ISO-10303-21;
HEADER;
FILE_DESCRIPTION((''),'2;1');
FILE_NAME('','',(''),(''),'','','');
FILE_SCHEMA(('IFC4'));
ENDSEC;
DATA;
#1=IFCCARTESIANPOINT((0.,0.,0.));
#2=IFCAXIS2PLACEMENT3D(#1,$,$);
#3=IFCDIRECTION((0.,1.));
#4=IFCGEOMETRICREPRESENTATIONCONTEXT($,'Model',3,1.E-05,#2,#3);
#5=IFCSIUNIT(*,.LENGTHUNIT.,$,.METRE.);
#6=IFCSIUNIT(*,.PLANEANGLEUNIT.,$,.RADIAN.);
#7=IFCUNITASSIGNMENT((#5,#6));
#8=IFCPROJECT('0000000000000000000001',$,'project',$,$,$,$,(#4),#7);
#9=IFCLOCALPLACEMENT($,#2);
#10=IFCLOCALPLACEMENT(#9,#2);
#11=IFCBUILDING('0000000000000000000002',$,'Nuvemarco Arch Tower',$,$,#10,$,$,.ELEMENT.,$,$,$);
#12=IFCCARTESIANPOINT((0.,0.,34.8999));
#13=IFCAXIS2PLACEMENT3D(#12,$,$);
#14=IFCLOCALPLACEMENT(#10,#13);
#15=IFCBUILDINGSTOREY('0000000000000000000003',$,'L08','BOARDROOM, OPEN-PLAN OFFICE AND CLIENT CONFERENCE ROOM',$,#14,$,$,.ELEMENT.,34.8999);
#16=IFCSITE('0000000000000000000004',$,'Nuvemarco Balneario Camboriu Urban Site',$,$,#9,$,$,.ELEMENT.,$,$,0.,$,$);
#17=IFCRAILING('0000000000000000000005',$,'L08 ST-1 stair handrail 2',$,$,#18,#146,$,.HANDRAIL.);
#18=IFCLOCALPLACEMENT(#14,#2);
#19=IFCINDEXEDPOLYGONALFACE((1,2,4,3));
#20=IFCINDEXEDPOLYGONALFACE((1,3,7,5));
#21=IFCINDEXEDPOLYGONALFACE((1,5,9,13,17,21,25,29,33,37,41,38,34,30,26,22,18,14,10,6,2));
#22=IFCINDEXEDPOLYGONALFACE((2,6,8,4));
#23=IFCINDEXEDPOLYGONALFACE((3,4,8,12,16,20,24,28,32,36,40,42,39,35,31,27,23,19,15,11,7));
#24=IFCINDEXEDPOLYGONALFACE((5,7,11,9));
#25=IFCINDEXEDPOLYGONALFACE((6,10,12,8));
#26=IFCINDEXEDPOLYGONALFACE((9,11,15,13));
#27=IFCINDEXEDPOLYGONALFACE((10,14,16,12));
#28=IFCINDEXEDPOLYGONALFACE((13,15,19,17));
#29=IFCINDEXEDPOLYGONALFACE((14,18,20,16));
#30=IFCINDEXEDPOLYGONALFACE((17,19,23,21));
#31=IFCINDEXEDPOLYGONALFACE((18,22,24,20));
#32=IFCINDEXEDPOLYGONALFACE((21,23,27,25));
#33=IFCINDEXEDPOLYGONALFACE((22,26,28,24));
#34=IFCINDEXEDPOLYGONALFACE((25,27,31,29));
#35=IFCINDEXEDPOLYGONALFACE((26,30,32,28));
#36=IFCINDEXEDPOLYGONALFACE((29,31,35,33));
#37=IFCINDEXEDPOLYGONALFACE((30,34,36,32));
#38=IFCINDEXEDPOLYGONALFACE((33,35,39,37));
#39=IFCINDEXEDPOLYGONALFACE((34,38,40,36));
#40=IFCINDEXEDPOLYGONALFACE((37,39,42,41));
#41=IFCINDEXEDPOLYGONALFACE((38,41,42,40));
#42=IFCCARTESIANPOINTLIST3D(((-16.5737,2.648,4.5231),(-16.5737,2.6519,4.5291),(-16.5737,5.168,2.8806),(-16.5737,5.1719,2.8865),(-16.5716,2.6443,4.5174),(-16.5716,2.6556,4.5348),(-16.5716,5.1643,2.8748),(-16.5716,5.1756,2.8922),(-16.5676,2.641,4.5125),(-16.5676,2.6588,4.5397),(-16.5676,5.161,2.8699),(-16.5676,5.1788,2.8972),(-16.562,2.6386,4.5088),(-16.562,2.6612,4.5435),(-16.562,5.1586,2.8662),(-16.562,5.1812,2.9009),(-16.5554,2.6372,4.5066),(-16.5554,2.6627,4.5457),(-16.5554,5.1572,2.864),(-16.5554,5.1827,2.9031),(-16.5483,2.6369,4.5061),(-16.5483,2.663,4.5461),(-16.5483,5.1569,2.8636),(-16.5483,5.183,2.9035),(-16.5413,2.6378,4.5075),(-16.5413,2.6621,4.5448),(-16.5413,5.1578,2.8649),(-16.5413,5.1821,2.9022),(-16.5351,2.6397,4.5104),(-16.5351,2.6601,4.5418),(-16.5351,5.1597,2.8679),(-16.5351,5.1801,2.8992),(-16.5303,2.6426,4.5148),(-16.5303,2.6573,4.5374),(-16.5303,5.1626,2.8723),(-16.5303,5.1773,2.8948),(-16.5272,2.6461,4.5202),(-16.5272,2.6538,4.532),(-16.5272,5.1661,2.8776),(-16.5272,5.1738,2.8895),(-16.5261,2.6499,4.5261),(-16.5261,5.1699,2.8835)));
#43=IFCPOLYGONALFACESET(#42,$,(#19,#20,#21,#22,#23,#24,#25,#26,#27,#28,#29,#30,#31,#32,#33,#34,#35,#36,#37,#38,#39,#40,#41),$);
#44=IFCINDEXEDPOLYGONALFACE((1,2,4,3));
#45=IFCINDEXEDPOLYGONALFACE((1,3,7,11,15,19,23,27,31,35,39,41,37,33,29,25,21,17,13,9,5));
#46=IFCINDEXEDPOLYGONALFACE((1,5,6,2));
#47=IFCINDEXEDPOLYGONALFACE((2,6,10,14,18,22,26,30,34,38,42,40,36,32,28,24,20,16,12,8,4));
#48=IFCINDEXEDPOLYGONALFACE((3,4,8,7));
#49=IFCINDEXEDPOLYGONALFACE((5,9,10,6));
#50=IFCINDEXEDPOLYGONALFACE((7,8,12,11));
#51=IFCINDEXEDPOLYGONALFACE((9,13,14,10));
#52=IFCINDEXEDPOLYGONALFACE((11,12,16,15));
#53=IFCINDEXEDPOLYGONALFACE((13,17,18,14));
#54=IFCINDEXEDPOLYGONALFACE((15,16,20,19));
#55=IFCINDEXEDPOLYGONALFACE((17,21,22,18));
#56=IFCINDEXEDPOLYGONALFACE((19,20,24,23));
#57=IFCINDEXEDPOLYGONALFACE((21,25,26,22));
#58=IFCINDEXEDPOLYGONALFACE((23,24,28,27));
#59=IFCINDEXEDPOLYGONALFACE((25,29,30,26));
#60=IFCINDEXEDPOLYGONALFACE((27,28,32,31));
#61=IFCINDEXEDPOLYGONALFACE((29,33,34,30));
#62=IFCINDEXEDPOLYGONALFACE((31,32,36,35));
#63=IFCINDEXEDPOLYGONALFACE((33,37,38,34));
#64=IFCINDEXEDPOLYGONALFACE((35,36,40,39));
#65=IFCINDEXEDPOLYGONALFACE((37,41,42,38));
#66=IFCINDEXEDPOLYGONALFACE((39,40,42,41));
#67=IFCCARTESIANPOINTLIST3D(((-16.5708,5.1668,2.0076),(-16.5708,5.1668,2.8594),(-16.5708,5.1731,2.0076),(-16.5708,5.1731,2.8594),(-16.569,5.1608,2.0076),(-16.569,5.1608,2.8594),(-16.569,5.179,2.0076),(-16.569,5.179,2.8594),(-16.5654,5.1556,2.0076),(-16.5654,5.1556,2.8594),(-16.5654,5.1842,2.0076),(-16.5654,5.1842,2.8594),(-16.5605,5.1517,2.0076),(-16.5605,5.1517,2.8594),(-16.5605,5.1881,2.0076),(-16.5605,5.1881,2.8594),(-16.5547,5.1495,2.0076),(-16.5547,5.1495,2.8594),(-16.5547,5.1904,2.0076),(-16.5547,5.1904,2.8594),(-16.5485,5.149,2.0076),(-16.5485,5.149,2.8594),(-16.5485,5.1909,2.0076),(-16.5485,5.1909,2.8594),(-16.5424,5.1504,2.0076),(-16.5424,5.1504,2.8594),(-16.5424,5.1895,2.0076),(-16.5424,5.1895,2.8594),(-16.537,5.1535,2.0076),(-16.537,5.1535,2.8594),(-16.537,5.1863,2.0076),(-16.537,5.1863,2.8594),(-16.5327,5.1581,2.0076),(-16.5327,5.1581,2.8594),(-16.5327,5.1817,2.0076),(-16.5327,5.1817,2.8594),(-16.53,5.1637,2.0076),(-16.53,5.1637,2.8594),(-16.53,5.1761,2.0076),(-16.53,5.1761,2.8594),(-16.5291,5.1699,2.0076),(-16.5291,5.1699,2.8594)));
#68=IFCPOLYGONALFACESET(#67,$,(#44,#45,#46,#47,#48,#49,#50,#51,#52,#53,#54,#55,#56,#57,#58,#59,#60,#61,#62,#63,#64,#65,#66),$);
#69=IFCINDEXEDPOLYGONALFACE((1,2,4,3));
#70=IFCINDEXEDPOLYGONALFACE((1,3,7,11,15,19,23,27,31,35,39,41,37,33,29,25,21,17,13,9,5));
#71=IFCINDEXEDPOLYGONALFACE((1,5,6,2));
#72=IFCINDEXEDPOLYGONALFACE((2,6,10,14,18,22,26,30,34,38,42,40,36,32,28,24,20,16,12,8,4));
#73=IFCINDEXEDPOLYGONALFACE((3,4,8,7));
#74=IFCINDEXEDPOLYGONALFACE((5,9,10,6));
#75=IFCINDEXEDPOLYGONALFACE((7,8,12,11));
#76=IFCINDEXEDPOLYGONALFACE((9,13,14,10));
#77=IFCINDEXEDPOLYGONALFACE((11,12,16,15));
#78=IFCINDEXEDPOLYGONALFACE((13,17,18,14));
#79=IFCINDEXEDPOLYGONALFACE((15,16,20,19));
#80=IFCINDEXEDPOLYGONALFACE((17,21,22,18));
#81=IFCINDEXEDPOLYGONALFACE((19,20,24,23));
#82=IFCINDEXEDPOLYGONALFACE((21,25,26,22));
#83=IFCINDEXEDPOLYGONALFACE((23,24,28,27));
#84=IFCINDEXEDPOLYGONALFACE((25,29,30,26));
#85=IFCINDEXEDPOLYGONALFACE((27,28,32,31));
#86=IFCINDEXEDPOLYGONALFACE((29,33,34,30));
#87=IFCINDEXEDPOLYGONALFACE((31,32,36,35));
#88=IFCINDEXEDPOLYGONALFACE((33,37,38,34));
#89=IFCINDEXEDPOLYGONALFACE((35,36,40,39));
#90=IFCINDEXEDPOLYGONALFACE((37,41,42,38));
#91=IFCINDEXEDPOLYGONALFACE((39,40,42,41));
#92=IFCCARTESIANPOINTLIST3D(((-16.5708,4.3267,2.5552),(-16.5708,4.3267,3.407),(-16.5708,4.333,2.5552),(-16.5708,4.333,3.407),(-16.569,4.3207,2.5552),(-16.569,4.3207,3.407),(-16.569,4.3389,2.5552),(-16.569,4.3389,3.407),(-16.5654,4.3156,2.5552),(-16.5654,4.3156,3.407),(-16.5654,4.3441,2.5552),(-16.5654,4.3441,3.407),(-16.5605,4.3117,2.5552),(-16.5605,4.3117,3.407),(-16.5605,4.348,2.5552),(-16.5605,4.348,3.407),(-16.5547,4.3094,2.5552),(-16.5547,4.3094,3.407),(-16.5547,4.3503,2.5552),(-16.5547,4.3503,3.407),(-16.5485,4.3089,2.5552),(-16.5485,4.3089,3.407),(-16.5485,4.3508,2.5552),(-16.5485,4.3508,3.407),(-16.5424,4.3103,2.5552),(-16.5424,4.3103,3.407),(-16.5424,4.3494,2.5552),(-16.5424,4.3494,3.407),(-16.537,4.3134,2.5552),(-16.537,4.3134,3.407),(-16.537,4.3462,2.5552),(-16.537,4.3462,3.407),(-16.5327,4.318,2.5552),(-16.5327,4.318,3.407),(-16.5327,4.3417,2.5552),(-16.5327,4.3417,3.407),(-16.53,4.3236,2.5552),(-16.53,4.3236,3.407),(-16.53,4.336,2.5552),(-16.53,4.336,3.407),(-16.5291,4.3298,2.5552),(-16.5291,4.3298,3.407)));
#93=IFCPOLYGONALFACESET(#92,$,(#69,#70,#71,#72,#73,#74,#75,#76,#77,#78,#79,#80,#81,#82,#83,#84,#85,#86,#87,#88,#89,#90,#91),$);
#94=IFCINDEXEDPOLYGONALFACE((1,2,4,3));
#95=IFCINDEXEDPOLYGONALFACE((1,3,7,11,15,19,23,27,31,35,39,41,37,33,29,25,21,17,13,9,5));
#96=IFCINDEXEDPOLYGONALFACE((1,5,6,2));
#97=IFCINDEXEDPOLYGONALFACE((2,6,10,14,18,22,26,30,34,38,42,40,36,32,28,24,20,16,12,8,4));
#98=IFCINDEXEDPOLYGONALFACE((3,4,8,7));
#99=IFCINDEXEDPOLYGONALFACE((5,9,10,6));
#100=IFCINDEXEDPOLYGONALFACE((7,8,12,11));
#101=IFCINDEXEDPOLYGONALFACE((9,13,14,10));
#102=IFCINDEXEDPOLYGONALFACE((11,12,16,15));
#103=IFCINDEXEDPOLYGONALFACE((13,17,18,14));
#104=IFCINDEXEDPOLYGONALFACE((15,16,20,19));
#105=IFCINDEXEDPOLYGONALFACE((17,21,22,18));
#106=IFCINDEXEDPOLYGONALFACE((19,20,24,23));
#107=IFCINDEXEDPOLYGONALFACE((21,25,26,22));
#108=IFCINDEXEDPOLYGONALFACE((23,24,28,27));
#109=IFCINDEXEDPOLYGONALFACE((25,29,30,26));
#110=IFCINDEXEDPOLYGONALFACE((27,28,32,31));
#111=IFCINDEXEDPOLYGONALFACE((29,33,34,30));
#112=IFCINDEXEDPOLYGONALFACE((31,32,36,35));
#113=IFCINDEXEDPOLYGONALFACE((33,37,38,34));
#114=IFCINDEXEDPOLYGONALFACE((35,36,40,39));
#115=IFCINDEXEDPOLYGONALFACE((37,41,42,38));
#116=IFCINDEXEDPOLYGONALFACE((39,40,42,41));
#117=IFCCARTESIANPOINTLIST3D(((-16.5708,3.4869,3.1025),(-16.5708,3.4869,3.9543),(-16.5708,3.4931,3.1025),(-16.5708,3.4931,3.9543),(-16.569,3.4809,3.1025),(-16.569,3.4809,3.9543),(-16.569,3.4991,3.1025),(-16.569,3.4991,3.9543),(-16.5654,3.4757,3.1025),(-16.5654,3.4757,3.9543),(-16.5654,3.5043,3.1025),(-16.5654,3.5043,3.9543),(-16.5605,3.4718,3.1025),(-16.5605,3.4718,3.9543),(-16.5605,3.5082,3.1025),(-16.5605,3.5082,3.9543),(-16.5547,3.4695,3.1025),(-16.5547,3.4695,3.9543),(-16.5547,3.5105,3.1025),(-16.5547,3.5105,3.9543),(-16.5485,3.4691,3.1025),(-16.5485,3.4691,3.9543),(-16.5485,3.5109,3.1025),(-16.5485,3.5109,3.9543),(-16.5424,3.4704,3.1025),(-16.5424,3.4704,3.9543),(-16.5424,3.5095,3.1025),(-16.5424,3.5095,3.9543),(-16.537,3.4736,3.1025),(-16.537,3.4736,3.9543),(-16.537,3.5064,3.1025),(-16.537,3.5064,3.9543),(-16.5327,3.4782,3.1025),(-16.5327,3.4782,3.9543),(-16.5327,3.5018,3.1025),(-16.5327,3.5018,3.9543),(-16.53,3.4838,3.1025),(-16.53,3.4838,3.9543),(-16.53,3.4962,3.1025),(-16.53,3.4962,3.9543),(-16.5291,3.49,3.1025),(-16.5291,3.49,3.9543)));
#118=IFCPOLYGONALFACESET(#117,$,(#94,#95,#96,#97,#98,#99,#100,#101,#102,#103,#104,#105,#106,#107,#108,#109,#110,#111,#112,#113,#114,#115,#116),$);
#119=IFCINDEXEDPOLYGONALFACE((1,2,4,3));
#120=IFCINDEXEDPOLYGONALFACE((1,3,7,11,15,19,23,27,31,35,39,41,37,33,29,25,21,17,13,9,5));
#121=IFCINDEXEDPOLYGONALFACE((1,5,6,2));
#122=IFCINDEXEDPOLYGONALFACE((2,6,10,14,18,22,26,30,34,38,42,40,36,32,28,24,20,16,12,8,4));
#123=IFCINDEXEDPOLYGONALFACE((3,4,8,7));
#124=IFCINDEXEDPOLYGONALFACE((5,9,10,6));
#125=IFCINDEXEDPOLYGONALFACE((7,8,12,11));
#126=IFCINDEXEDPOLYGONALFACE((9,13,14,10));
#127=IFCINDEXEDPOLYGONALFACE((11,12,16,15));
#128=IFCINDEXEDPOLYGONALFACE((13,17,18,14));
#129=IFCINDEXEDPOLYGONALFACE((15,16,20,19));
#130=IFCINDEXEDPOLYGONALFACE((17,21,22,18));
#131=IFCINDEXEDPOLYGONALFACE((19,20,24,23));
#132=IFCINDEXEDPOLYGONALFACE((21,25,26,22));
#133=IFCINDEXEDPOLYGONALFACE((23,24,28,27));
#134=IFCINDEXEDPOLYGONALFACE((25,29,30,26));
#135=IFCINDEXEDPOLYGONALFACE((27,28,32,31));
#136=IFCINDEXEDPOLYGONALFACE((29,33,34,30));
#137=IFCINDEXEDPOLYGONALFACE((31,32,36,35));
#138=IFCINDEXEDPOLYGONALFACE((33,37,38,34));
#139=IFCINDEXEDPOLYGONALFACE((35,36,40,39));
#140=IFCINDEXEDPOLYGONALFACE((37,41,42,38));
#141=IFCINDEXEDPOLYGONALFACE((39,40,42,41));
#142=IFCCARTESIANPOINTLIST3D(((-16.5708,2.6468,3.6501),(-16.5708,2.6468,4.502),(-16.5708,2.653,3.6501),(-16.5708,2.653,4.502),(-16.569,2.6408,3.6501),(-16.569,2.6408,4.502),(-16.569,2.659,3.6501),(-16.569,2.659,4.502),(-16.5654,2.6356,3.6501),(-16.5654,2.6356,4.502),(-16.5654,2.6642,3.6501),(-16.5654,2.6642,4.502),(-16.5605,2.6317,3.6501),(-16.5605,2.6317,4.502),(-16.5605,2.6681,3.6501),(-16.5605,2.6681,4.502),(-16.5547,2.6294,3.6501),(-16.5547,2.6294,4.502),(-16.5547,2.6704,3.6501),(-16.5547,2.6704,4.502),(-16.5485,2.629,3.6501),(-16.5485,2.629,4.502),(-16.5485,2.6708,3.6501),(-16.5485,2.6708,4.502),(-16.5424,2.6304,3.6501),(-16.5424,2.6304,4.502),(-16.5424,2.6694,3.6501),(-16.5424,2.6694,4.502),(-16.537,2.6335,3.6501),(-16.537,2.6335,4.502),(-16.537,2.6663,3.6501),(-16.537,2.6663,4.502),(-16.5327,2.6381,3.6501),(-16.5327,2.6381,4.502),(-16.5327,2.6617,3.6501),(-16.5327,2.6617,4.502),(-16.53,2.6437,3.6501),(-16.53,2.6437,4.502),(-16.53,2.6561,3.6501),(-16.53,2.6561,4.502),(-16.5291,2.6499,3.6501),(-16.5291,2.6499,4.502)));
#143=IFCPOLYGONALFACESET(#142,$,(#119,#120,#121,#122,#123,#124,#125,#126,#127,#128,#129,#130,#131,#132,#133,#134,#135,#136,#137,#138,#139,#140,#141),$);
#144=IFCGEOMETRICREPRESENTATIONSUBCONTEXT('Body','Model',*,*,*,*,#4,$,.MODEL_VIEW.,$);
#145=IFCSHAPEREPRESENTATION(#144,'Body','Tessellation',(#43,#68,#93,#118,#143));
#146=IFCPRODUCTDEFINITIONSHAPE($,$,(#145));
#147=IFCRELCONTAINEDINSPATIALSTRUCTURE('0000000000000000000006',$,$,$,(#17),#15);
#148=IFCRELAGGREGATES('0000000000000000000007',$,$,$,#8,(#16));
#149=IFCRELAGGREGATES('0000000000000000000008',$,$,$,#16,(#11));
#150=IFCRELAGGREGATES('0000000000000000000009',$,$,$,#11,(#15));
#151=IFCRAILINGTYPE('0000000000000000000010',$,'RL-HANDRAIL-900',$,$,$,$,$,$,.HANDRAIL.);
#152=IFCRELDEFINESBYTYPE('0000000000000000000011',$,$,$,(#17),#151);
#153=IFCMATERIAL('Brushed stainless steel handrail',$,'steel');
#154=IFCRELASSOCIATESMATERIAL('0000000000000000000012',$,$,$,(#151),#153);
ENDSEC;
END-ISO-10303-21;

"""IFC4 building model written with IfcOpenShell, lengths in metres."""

from ifc_helpers import new_model, si_unit, direction, frame, origin, origin_2d, place, context, subcontext, project, spatial, circle, extrude, material, type_object, element, save


model = new_model("IFC4")

# Units and contexts
model_context = context("Model", 3, precision=1e-05, world=origin(), true_north=direction((0.0, 1.0)))
body_context = subcontext(model_context, "Body", "Model", "MODEL_VIEW")
ifc_project = project(units=[si_unit("LENGTHUNIT", "METRE"), si_unit("PLANEANGLEUNIT", "RADIAN")], contexts=[model_context])

# Site, building, storey
site_placement = place(None, origin())
site = spatial("IfcSite", under=ifc_project, at=site_placement, Name="Nuvemarco Balneario Camboriu Urban Site", CompositionType="ELEMENT", RefElevation=0.0)
building_placement = place(site_placement, origin())
building = spatial("IfcBuilding", under=site, at=building_placement, Name="Nuvemarco Arch Tower", CompositionType="ELEMENT")
storey_placement = place(building_placement, frame((0.0, 0.0, 34.8999)))
storey = spatial("IfcBuildingStorey", under=building, at=storey_placement, Name="L08", Description="BOARDROOM, OPEN-PLAN OFFICE AND CLIENT CONFERENCE ROOM", CompositionType="ELEMENT", Elevation=34.8999)

# Railing
ifc_material_1 = material(Name="Brushed stainless steel handrail", Category="steel")
railing_type_1 = type_object("IfcRailingType", Name="RL-HANDRAIL-900", PredefinedType="HANDRAIL", material=ifc_material_1)
railing_1_placement = place(storey_placement, frame((-16.55, 5.1699, 2.0076)))
element("IfcRailing", 1, at=railing_1_placement, inside=storey, type_object=railing_type_1, Name="L08 ST-1 stair handrail 2", PredefinedType="HANDRAIL", context=body_context, shape_type="SweptSolid", body=[
    extrude(circle(Radius=0.0239, at=origin_2d()), frame((0.0, 0.0, 0.876), z_axis=(0.0, -0.837749, 0.546055), x_axis=(1.0, 0.0, 0.0)), (0.0, 0.0, 1.0), 3.0081),
    extrude(circle(Radius=0.021, at=origin_2d()), origin(), (0.0, 0.0, 1.0), 0.8518),
    extrude(circle(Radius=0.021, at=origin_2d()), frame((0.0, -0.8401, 0.5476)), (0.0, 0.0, 1.0), 0.8518),
    extrude(circle(Radius=0.021, at=origin_2d()), frame((0.0, -1.6799, 1.095)), (0.0, 0.0, 1.0), 0.8518),
    extrude(circle(Radius=0.021, at=origin_2d()), frame((0.0, -2.52, 1.6426)), (0.0, 0.0, 1.0), 0.8518),
])

save(model, "model.ifc")
